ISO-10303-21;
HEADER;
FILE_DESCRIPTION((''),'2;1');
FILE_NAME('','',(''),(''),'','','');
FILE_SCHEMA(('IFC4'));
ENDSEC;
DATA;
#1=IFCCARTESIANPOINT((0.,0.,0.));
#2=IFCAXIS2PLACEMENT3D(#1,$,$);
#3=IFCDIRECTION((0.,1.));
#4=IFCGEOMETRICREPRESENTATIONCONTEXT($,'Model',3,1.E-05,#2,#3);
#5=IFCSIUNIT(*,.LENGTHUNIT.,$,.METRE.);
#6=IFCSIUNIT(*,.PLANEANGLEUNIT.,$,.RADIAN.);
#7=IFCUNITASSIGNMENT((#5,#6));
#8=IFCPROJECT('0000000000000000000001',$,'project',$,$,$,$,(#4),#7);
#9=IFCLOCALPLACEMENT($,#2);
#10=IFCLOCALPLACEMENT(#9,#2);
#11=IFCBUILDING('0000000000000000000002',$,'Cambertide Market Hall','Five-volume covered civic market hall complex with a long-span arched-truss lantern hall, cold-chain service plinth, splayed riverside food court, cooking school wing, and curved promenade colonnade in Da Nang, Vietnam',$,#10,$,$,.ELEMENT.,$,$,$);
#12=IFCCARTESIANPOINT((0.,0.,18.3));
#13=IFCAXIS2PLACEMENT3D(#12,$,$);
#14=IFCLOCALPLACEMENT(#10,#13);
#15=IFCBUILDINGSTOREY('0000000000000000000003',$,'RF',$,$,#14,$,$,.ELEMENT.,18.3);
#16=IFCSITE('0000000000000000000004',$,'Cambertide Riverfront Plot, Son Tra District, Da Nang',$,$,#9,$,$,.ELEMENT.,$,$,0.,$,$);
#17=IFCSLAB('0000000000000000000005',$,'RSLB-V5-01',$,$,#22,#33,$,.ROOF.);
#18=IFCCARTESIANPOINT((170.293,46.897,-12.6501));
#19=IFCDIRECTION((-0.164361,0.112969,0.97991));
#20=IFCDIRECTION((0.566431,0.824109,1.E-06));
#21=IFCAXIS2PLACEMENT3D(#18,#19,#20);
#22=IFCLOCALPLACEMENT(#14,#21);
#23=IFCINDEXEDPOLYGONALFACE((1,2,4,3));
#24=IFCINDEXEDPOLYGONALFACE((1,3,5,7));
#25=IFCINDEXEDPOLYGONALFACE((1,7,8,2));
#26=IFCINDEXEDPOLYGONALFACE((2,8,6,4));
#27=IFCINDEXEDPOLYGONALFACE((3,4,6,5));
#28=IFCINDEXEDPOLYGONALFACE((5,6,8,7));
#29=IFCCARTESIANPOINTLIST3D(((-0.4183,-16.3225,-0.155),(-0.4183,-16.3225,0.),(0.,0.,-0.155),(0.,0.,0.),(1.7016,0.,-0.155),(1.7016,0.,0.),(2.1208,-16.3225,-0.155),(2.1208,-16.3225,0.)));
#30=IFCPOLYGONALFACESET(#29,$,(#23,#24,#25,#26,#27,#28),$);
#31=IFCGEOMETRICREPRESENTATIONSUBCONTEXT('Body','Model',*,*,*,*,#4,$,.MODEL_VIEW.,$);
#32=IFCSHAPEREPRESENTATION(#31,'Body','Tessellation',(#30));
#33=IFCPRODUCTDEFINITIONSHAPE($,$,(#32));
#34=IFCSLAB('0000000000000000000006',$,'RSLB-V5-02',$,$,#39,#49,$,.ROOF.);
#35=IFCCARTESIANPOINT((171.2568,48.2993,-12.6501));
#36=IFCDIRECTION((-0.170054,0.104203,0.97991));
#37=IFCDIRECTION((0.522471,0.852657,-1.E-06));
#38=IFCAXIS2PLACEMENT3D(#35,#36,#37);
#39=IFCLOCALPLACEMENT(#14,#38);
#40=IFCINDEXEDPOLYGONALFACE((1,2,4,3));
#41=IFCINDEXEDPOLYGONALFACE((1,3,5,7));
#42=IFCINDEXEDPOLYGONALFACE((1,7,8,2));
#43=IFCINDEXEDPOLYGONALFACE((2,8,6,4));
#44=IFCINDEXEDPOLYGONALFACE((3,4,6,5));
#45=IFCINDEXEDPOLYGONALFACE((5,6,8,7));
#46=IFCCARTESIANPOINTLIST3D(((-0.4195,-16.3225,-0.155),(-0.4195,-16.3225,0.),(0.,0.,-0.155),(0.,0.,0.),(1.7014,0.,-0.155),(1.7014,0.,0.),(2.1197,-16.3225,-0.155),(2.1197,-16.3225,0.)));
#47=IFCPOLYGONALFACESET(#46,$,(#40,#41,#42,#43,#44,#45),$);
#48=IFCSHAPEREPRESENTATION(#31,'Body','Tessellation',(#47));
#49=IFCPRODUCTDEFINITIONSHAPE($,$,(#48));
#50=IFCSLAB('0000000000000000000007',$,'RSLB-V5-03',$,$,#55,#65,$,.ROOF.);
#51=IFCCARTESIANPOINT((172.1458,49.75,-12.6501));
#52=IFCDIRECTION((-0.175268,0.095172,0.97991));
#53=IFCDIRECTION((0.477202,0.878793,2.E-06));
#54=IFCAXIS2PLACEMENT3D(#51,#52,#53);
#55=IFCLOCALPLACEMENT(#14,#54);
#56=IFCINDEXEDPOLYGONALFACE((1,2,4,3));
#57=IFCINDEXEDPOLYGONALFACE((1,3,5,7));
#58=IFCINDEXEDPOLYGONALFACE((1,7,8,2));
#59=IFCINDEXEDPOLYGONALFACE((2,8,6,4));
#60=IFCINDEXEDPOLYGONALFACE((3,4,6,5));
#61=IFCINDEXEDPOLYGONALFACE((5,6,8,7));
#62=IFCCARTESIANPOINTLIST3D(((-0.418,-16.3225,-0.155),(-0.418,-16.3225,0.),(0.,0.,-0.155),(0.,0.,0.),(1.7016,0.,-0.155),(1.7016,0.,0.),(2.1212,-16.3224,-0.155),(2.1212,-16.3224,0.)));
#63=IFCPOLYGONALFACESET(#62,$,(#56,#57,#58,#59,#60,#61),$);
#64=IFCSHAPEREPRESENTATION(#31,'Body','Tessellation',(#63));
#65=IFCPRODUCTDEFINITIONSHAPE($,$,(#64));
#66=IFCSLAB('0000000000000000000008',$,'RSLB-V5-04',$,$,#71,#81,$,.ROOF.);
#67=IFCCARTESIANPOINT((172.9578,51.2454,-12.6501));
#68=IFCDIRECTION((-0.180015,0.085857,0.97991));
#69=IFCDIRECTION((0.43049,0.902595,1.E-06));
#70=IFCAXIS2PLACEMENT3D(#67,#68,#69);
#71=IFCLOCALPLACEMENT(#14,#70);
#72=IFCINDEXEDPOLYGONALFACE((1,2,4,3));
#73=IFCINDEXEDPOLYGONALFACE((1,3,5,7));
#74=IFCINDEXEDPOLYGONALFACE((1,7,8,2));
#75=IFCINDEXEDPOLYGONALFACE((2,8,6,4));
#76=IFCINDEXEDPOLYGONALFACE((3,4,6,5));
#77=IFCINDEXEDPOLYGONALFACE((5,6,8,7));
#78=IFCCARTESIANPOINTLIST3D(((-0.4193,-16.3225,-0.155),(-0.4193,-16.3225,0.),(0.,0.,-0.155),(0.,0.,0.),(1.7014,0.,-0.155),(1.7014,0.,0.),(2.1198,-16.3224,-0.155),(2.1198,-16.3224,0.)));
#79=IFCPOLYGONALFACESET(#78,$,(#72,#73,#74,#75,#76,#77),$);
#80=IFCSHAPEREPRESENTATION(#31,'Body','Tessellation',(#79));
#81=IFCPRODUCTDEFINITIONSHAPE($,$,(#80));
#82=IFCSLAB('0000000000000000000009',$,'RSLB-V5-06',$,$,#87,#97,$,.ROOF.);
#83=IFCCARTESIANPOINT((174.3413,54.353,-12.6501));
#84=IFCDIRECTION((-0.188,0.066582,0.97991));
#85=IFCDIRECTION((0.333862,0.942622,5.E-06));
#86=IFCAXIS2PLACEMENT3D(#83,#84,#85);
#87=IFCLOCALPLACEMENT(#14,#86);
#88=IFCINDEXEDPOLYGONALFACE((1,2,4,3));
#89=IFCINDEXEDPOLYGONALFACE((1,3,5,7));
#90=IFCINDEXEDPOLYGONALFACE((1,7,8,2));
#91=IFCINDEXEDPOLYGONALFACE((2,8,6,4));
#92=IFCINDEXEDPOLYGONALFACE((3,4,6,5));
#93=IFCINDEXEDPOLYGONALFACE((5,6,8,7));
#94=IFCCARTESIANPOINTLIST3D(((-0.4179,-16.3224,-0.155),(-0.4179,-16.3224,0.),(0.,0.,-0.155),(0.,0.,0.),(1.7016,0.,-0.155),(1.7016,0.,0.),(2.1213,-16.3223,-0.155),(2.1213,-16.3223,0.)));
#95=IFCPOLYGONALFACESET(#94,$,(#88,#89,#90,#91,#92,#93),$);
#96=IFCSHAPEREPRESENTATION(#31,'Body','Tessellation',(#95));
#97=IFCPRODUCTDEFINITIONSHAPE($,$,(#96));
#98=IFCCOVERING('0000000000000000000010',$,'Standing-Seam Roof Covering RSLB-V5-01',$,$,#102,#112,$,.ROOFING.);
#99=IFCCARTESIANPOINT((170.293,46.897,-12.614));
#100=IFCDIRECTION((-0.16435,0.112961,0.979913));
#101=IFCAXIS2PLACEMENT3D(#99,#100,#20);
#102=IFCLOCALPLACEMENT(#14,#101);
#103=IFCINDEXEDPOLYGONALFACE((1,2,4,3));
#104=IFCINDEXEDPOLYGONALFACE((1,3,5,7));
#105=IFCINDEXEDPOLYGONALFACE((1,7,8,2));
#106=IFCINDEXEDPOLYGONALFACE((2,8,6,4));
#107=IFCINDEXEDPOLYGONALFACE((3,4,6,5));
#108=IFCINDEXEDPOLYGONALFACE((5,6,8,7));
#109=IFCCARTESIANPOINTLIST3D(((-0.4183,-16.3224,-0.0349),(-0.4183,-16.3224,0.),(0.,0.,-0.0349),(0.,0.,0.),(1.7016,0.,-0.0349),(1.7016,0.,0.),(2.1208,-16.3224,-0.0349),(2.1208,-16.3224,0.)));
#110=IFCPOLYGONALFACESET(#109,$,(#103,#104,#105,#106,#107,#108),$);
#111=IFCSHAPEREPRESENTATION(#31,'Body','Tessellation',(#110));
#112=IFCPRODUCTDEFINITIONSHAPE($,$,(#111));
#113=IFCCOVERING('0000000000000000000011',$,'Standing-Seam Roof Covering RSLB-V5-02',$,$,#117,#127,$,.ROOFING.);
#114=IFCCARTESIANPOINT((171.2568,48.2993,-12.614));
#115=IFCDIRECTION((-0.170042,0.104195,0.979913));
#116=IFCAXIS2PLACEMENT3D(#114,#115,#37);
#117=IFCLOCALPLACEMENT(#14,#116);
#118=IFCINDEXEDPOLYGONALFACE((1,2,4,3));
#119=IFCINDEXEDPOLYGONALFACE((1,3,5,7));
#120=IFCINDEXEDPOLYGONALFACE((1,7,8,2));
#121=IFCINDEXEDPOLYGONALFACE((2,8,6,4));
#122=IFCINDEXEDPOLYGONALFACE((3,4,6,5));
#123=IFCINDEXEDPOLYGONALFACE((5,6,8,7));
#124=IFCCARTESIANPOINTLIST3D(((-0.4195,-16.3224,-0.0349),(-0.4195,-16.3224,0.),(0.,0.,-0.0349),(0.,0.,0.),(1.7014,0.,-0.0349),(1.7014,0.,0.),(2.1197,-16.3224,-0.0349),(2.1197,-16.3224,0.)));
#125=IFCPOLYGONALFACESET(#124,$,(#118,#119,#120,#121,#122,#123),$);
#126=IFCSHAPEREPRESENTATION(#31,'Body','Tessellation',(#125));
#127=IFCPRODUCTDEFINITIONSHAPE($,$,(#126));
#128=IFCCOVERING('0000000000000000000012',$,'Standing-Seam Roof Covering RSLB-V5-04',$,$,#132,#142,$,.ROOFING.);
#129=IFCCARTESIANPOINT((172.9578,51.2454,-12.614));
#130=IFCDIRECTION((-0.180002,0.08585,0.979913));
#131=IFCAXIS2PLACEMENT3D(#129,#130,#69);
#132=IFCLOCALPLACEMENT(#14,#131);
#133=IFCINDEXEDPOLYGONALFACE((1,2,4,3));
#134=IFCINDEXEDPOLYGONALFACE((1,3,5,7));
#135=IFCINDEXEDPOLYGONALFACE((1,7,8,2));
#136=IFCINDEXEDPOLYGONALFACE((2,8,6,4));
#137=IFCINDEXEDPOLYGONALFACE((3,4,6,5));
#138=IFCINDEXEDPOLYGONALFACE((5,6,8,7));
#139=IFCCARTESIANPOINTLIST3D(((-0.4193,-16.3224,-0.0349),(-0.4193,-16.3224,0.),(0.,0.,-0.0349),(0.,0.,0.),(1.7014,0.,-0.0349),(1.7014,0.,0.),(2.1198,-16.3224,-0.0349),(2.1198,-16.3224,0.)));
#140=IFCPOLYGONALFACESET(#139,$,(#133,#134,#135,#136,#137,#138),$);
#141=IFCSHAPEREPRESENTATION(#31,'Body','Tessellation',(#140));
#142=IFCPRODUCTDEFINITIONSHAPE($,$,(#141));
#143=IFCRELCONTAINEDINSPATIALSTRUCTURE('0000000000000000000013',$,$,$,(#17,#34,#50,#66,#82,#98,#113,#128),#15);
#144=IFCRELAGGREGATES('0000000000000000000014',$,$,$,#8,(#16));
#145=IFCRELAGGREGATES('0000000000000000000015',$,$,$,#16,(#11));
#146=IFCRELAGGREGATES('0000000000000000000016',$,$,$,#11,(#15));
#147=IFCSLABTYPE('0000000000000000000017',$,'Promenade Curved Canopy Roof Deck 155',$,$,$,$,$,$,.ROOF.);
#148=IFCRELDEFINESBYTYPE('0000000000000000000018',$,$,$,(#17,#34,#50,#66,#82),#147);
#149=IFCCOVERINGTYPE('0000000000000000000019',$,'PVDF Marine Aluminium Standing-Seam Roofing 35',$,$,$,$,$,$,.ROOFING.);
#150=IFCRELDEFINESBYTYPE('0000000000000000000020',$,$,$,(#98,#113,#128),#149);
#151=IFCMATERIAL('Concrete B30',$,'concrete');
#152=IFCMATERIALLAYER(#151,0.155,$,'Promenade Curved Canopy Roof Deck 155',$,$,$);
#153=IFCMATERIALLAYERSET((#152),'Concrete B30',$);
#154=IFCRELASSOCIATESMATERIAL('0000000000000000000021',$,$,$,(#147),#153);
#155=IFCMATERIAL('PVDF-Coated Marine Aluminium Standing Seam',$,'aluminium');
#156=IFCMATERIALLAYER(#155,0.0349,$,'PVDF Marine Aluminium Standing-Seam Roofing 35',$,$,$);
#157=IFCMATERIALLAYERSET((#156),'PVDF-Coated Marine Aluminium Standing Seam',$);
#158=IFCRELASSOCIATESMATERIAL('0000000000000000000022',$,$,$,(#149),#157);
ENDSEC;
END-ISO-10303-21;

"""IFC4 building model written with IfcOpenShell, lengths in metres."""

from ifc_helpers import new_model, si_unit, direction, frame, origin, place, context, subcontext, project, spatial, polyline, outline, extrude, material, layer, layer_set, type_object, element, save


model = new_model("IFC4")

# Units and contexts
model_context = context("Model", 3, precision=1e-05, world=origin(), true_north=direction((0.0, 1.0)))
body_context = subcontext(model_context, "Body", "Model", "MODEL_VIEW")
ifc_project = project(units=[si_unit("LENGTHUNIT", "METRE"), si_unit("PLANEANGLEUNIT", "RADIAN")], contexts=[model_context])

# Site, building, storey
site_placement = place(None, origin())
site = spatial("IfcSite", under=ifc_project, at=site_placement, Name="Cambertide Riverfront Plot, Son Tra District, Da Nang", CompositionType="ELEMENT", RefElevation=0.0)
building_placement = place(site_placement, origin())
building = spatial("IfcBuilding", under=site, at=building_placement, Name="Cambertide Market Hall", Description="Five-volume covered civic market hall complex with a long-span arched-truss lantern hall, cold-chain service plinth, splayed riverside food court, cooking school wing, and curved promenade colonnade in Da Nang, Vietnam", CompositionType="ELEMENT")
storey_placement = place(building_placement, frame((0.0, 0.0, 18.3)))
storey = spatial("IfcBuildingStorey", under=building, at=storey_placement, Name="RF", CompositionType="ELEMENT", Elevation=18.3)

# Slabs
ifc_material_1 = material(Name="Concrete B30", Category="concrete")
ifc_layer_1 = layer(ifc_material_1, 0.155, Name="Promenade Curved Canopy Roof Deck 155")
ifc_layer_set_1 = layer_set([ifc_layer_1], Name="Concrete B30")
slab_type = type_object("IfcSlabType", Name="Promenade Curved Canopy Roof Deck 155", PredefinedType="ROOF", material=ifc_layer_set_1)
slab_1_placement = place(storey_placement, frame((170.293, 46.897, -12.6501), z_axis=(-0.164361, 0.112969, 0.97991), x_axis=(0.566431, 0.824109, 0.000001)))
element("IfcSlab", 1, at=slab_1_placement, inside=storey, type_object=slab_type, Name="RSLB-V5-01", PredefinedType="ROOF", context=body_context, shape_type="SweptSolid", body=[
    extrude(outline(polyline([(0.0, 0.0), (1.7016, 0.0), (2.1208, -16.3225), (-0.4183, -16.3225), (0.0, 0.0)])), origin(), (0.0, 0.0, -1.0), 0.155),
])
slab_2_placement = place(storey_placement, frame((171.2568, 48.2993, -12.6501), z_axis=(-0.170054, 0.104203, 0.97991), x_axis=(0.522471, 0.852657, -0.000001)))
element("IfcSlab", 2, at=slab_2_placement, inside=storey, type_object=slab_type, Name="RSLB-V5-02", PredefinedType="ROOF", context=body_context, shape_type="SweptSolid", body=[
    extrude(outline(polyline([(0.0, 0.0), (1.7014, 0.0), (2.1197, -16.3225), (-0.4195, -16.3225), (0.0, 0.0)])), origin(), (0.0, 0.0, -1.0), 0.155),
])
slab_3_placement = place(storey_placement, frame((172.1458, 49.75, -12.6501), z_axis=(-0.175268, 0.095172, 0.97991), x_axis=(0.477202, 0.878793, 0.000002)))
element("IfcSlab", 3, at=slab_3_placement, inside=storey, type_object=slab_type, Name="RSLB-V5-03", PredefinedType="ROOF", context=body_context, shape_type="SweptSolid", body=[
    extrude(outline(polyline([(0.0, 0.0), (1.7016, 0.0), (2.1212, -16.3224), (-0.418, -16.3225), (0.0, 0.0)])), origin(), (0.0, 0.0, -1.0), 0.155),
])
slab_4_placement = place(storey_placement, frame((172.9578, 51.2454, -12.6501), z_axis=(-0.180015, 0.085857, 0.97991), x_axis=(0.43049, 0.902595, 0.000001)))
element("IfcSlab", 4, at=slab_4_placement, inside=storey, type_object=slab_type, Name="RSLB-V5-04", PredefinedType="ROOF", context=body_context, shape_type="SweptSolid", body=[
    extrude(outline(polyline([(0.0, 0.0), (1.7014, 0.0), (2.1198, -16.3224), (-0.4193, -16.3225), (0.0, 0.0)])), origin(), (0.0, 0.0, -1.0), 0.155),
])
slab_5_placement = place(storey_placement, frame((174.3413, 54.353, -12.6501), z_axis=(-0.188, 0.066582, 0.97991), x_axis=(0.333862, 0.942622, 0.000005)))
element("IfcSlab", 5, at=slab_5_placement, inside=storey, type_object=slab_type, Name="RSLB-V5-06", PredefinedType="ROOF", context=body_context, shape_type="SweptSolid", body=[
    extrude(outline(polyline([(0.0, 0.0), (1.7016, 0.0), (2.1213, -16.3223), (-0.4179, -16.3224), (0.0, 0.0)])), origin(), (0.0, 0.0, -1.0), 0.155),
])

# Coverings
ifc_material_2 = material(Name="PVDF-Coated Marine Aluminium Standing Seam", Category="aluminium")
ifc_layer_2 = layer(ifc_material_2, 0.0349, Name="PVDF Marine Aluminium Standing-Seam Roofing 35")
ifc_layer_set_2 = layer_set([ifc_layer_2], Name="PVDF-Coated Marine Aluminium Standing Seam")
covering_type = type_object("IfcCoveringType", Name="PVDF Marine Aluminium Standing-Seam Roofing 35", PredefinedType="ROOFING", material=ifc_layer_set_2)
covering_1_placement = place(storey_placement, frame((170.293, 46.897, -12.614), z_axis=(-0.16435, 0.112961, 0.979913), x_axis=(0.566431, 0.824109, 0.000001)))
element("IfcCovering", 6, at=covering_1_placement, inside=storey, type_object=covering_type, Name="Standing-Seam Roof Covering RSLB-V5-01", PredefinedType="ROOFING", context=body_context, shape_type="SweptSolid", body=[
    extrude(outline(polyline([(0.0, 0.0), (1.7016, 0.0), (2.1208, -16.3224), (-0.4183, -16.3224), (0.0, 0.0)])), origin(), (0.0, 0.0, -1.0), 0.0349),
])
covering_2_placement = place(storey_placement, frame((171.2568, 48.2993, -12.614), z_axis=(-0.170042, 0.104195, 0.979913), x_axis=(0.522471, 0.852657, -0.000001)))
element("IfcCovering", 7, at=covering_2_placement, inside=storey, type_object=covering_type, Name="Standing-Seam Roof Covering RSLB-V5-02", PredefinedType="ROOFING", context=body_context, shape_type="SweptSolid", body=[
    extrude(outline(polyline([(0.0, 0.0), (1.7014, 0.0), (2.1197, -16.3224), (-0.4195, -16.3224), (0.0, 0.0)])), origin(), (0.0, 0.0, -1.0), 0.0349),
])
covering_3_placement = place(storey_placement, frame((172.9578, 51.2454, -12.614), z_axis=(-0.180002, 0.08585, 0.979913), x_axis=(0.43049, 0.902595, 0.000001)))
element("IfcCovering", 8, at=covering_3_placement, inside=storey, type_object=covering_type, Name="Standing-Seam Roof Covering RSLB-V5-04", PredefinedType="ROOFING", context=body_context, shape_type="SweptSolid", body=[
    extrude(outline(polyline([(0.0, 0.0), (1.7014, 0.0), (2.1198, -16.3224), (-0.4193, -16.3224), (0.0, 0.0)])), origin(), (0.0, 0.0, -1.0), 0.0349),
])

save(model, "model.ifc")
